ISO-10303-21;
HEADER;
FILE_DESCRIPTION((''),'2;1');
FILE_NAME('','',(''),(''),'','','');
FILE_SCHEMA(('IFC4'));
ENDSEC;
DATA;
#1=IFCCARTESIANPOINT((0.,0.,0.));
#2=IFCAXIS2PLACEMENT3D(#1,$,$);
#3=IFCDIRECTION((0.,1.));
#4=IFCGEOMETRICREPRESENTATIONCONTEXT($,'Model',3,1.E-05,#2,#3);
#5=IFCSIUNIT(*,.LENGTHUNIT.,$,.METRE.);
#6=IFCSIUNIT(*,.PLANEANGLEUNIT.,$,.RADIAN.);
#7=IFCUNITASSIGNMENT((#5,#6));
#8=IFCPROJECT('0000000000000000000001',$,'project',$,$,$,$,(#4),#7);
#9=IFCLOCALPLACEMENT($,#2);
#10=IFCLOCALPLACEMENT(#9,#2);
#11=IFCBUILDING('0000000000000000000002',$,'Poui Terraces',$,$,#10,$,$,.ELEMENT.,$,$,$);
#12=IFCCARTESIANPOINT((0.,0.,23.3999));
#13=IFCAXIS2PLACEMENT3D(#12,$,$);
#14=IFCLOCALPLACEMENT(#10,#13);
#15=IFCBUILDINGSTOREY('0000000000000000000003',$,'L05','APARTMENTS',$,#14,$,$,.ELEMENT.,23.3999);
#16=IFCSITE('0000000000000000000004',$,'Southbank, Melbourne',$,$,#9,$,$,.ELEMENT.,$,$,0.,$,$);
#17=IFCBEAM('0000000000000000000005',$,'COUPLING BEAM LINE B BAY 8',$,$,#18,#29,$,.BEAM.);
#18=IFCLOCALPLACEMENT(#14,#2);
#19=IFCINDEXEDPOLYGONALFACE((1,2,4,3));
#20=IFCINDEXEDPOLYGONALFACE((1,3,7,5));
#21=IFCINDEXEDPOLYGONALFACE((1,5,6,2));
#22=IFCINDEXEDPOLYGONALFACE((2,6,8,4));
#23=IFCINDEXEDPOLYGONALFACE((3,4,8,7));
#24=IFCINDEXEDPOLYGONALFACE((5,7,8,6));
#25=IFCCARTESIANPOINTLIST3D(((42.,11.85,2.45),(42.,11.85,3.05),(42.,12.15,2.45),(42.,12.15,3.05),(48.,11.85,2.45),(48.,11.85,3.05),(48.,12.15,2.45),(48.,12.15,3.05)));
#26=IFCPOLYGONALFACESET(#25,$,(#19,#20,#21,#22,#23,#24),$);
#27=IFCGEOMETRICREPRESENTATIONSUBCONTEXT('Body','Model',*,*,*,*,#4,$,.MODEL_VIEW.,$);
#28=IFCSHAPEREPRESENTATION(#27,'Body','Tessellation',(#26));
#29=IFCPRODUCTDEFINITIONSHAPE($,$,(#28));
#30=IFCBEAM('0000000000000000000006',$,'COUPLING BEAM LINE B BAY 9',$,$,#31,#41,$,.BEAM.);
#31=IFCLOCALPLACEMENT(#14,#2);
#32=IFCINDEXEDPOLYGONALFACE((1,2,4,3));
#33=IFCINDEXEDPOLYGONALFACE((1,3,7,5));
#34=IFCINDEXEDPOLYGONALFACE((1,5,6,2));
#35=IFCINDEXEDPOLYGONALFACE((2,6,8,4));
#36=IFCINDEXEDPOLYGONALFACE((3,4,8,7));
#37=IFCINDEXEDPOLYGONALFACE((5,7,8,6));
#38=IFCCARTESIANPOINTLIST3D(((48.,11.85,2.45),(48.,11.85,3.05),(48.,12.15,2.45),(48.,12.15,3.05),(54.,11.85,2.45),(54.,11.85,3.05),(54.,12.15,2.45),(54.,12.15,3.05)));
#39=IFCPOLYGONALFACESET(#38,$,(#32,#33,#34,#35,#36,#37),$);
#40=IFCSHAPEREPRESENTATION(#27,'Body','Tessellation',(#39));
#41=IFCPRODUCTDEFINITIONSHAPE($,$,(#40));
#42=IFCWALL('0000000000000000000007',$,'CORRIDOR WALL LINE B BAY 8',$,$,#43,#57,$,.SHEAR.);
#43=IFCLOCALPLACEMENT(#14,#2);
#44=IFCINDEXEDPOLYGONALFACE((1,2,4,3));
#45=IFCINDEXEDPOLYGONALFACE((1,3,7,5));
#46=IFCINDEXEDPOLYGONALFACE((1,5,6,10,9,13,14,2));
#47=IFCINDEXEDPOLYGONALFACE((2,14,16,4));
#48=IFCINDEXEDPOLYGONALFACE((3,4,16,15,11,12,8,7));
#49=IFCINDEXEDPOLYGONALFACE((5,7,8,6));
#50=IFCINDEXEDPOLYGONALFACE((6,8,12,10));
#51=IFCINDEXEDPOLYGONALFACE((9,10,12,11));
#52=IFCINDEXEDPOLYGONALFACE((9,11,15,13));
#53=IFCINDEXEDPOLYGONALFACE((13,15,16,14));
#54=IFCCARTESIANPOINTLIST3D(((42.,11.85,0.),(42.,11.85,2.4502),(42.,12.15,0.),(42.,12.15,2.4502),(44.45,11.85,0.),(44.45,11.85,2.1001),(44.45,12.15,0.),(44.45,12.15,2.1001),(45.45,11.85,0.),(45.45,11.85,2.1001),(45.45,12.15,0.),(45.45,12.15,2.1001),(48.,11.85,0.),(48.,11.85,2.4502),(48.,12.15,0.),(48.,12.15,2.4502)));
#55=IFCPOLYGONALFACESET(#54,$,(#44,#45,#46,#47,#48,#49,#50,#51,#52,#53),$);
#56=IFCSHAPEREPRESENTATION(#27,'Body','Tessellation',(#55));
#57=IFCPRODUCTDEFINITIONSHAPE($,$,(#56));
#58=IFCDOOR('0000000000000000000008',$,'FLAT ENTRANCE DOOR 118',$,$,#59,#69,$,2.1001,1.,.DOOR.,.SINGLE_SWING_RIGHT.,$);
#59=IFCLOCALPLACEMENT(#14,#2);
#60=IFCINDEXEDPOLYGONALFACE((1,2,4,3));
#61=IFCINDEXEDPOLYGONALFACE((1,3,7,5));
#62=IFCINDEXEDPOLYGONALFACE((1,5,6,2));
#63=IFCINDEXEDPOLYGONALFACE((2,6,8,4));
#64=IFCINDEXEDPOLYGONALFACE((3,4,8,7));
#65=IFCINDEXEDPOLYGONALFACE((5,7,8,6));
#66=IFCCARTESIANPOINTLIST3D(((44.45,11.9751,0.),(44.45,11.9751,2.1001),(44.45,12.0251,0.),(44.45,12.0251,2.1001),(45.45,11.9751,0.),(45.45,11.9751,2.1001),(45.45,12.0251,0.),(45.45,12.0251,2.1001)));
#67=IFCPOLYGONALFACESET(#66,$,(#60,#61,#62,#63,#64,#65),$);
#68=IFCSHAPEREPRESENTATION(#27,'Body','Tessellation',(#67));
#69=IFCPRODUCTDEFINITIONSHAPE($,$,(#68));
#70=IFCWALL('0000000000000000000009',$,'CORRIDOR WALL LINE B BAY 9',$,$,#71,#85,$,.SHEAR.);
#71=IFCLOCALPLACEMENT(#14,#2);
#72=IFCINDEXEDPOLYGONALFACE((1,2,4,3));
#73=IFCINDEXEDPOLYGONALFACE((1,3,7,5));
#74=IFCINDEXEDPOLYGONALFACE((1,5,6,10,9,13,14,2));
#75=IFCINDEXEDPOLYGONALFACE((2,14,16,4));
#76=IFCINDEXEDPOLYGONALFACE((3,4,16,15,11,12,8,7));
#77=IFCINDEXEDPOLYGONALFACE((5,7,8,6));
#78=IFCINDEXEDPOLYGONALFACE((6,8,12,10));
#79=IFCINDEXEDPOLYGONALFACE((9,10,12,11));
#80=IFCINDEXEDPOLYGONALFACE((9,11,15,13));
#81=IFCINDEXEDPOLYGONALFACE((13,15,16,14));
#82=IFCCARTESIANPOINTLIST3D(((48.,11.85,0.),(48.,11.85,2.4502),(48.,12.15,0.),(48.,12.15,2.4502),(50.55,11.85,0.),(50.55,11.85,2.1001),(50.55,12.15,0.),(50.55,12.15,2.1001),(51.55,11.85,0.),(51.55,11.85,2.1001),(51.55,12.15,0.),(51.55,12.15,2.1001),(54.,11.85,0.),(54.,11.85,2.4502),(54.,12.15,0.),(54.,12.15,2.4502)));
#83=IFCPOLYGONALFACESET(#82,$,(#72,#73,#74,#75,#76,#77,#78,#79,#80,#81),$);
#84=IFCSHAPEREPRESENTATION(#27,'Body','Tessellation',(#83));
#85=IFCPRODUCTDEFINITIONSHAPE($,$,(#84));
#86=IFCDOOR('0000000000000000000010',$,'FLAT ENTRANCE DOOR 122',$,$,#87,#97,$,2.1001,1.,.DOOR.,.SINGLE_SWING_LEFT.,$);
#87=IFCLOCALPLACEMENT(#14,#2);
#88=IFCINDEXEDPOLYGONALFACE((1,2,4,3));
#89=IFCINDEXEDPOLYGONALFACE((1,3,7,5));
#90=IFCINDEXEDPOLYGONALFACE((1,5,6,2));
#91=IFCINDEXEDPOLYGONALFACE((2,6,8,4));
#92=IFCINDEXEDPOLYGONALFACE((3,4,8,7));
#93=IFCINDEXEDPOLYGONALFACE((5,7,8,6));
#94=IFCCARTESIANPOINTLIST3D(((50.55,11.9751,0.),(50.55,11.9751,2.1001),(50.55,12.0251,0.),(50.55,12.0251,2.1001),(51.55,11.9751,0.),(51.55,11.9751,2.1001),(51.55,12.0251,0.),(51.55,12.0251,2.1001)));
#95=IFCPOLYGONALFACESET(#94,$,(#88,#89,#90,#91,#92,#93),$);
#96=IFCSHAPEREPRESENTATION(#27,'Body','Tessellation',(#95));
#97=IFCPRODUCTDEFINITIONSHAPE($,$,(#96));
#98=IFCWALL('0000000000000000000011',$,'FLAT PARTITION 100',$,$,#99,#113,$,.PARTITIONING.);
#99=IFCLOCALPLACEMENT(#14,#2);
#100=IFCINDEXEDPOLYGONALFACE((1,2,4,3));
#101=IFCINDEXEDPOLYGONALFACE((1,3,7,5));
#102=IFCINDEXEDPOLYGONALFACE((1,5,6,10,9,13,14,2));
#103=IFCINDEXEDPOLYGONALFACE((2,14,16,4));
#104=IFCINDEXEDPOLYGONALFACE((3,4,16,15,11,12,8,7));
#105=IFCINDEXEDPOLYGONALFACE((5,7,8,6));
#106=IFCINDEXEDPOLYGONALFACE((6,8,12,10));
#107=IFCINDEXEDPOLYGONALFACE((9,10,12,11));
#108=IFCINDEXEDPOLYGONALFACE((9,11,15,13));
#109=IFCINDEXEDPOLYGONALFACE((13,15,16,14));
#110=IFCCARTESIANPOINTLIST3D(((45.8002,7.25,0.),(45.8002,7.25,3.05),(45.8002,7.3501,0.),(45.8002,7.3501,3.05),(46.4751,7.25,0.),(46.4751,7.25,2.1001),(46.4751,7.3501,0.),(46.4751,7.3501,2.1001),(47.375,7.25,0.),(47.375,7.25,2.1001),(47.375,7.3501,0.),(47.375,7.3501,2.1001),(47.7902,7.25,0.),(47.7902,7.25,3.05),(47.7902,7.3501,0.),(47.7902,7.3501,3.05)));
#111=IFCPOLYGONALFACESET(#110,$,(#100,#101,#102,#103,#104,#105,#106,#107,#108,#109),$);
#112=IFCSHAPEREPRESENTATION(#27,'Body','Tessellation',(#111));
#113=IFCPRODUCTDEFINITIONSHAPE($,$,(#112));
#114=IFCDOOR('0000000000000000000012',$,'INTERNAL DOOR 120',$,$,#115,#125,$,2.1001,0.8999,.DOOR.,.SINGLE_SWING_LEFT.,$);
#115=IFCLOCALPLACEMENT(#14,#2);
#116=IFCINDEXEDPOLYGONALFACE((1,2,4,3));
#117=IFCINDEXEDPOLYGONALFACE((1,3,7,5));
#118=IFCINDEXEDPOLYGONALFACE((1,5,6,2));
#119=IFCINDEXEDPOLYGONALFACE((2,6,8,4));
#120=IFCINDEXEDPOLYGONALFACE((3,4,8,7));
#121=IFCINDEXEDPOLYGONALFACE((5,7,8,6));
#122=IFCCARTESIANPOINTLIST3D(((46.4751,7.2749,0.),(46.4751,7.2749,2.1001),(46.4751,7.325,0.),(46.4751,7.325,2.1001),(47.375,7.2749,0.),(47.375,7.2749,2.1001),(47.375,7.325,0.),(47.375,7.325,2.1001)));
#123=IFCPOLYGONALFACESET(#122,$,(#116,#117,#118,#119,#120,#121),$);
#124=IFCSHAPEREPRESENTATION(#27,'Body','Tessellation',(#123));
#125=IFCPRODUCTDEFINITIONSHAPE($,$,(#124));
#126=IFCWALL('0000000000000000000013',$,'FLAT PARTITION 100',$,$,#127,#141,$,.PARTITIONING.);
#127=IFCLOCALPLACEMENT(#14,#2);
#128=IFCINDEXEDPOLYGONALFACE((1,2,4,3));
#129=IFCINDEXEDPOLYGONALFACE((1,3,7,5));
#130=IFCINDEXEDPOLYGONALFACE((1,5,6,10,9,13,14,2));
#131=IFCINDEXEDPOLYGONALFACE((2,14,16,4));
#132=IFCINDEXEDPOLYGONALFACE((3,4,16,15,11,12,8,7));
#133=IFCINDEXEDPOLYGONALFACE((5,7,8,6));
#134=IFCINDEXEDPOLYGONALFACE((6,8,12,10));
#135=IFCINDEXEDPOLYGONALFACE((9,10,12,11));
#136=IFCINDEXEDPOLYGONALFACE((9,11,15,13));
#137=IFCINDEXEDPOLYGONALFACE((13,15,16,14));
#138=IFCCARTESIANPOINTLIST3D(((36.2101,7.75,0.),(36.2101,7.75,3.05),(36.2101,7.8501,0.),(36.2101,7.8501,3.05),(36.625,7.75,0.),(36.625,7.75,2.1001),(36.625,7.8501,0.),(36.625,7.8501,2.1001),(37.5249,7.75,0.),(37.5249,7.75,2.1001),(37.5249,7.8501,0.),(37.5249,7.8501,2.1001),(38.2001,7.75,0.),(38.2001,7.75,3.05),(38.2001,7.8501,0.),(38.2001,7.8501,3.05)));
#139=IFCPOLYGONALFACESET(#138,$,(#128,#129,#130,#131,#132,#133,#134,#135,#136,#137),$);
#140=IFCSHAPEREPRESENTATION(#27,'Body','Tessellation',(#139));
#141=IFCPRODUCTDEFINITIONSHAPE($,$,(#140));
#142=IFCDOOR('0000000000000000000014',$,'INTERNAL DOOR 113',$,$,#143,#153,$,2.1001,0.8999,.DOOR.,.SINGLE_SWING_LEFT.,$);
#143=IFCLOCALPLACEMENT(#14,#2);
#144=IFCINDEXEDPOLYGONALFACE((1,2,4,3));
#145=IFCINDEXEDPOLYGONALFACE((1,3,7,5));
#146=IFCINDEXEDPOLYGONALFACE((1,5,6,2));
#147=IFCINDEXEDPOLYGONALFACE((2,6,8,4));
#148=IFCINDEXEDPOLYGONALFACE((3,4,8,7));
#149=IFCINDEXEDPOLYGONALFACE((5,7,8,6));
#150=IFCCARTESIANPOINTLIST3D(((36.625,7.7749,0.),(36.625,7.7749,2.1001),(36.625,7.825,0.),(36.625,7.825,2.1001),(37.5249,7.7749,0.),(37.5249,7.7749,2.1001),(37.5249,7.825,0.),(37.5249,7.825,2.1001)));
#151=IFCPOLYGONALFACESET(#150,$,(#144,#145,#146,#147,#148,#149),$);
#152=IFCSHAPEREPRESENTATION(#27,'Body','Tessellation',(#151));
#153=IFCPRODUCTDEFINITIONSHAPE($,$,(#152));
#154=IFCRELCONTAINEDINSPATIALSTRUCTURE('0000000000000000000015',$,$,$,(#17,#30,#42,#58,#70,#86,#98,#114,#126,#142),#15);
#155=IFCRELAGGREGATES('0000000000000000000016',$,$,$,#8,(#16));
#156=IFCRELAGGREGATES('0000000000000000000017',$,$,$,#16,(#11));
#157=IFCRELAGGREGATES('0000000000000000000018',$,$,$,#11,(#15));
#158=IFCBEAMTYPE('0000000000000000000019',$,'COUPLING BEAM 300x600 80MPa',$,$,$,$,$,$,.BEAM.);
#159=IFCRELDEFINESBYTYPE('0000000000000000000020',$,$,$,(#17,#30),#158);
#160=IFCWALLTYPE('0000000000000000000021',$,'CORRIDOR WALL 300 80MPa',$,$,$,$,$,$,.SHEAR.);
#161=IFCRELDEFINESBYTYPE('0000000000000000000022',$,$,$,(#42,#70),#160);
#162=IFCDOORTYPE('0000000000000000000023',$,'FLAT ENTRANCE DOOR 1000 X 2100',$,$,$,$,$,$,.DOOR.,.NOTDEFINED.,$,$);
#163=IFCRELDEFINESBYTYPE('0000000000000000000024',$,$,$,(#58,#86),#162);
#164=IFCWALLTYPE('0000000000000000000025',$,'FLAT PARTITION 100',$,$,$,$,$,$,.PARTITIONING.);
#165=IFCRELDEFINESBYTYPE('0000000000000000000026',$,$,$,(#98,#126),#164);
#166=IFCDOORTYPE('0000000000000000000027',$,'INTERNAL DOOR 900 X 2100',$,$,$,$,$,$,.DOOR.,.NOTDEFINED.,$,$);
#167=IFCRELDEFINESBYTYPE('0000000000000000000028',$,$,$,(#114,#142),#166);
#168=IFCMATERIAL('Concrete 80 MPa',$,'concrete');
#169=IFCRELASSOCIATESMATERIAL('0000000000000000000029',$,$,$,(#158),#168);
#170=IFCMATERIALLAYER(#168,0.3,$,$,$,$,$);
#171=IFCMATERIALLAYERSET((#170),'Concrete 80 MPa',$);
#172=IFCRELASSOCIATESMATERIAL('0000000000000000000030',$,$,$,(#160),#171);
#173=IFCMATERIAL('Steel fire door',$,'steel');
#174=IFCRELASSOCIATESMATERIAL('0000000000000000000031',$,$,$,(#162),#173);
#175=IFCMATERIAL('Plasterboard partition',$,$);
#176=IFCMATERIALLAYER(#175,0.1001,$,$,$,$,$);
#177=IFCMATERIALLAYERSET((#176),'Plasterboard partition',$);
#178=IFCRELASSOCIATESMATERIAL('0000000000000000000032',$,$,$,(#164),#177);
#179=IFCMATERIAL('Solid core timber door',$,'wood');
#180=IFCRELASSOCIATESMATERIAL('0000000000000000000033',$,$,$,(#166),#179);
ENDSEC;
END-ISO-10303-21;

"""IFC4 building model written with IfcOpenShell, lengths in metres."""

from ifc_helpers import new_model, si_unit, direction, frame, frame_2d, origin, origin_2d, place, context, subcontext, project, spatial, rectangle, extrude, source, transform, mapped, material, layer, layer_set, material_profile, profile_set, type_object, element, fill, save


model = new_model("IFC4")

# Units and contexts
model_context = context("Model", 3, precision=1e-05, world=origin(), true_north=direction((0.0, 1.0)))
body_context = subcontext(model_context, "Body", "Model", "MODEL_VIEW")
ifc_project = project(units=[si_unit("LENGTHUNIT", "METRE"), si_unit("PLANEANGLEUNIT", "RADIAN")], contexts=[model_context])

# Site, building, storey
site_placement = place(None, origin())
site = spatial("IfcSite", under=ifc_project, at=site_placement, Name="Southbank, Melbourne", CompositionType="ELEMENT", RefElevation=0.0)
building_placement = place(site_placement, origin())
building = spatial("IfcBuilding", under=site, at=building_placement, Name="Poui Terraces", CompositionType="ELEMENT")
storey_placement = place(building_placement, frame((0.0, 0.0, 23.3999)))
storey = spatial("IfcBuildingStorey", under=building, at=storey_placement, Name="L05", Description="APARTMENTS", CompositionType="ELEMENT", Elevation=23.3999)

# Beams
ifc_material_1 = material(Name="Concrete 80 MPa", Category="concrete")
ifc_material_profile = material_profile(ifc_material_1, rectangle(XDim=0.3, YDim=0.6001, at=origin_2d()), Name="RC 300x600")
ifc_profile_set = profile_set([ifc_material_profile], Name="Concrete 80 MPa")
beam_type = type_object("IfcBeamType", Name="COUPLING BEAM 300x600 80MPa", PredefinedType="BEAM", material=ifc_profile_set)
shared_shape = source(origin(), body_context, "Body", "SweptSolid", [
    extrude(rectangle(XDim=0.3, YDim=0.6001, at=origin_2d()), origin(), (0.0, 0.0, 1.0), 6.0),
])
for number, where, z_axis, x_axis, name in (
    (1, (42.0, 12.0, 2.75), (1.0, 0.0, 0.0), (0.0, 1.0, 0.0), "COUPLING BEAM LINE B BAY 8"),
    (2, (48.0, 12.0, 2.75), (1.0, 0.0, 0.0), (0.0, 1.0, 0.0), "COUPLING BEAM LINE B BAY 9"),
):
    element("IfcBeam", number, at=place(storey_placement, frame(where, z_axis=z_axis, x_axis=x_axis)), inside=storey, type_object=beam_type, Name=name, PredefinedType="BEAM", context=body_context, shape_type="MappedRepresentation", body=[
        mapped(shared_shape, transform((0.0, 0.0, 0.0))),
    ])

# Walls, openings, doors
ifc_layer_1 = layer(ifc_material_1, 0.3)
ifc_layer_set_1 = layer_set([ifc_layer_1], Name="Concrete 80 MPa")
wall_type_1 = type_object("IfcWallType", Name="CORRIDOR WALL 300 80MPa", PredefinedType="SHEAR", material=ifc_layer_set_1)
wall_1_placement = place(storey_placement, frame((42.0, 12.0, 0.0), z_axis=(0.0, 0.0, 1.0), x_axis=(1.0, 0.0, 0.0)))
wall_1 = element("IfcWall", 3, at=wall_1_placement, inside=storey, type_object=wall_type_1, Name="CORRIDOR WALL LINE B BAY 8", PredefinedType="SHEAR", context=body_context, shape_type="SweptSolid", body=[
    extrude(rectangle(XDim=6.0, YDim=0.3, at=frame_2d((3.0, 0.0))), origin(), (0.0, 0.0, 1.0), 2.4502),
])
opening_1_placement = place(wall_1_placement, frame((2.45, 0.0, 0.0)))
opening_1 = element("IfcOpeningElement", 4, at=opening_1_placement, cuts=wall_1, PredefinedType="OPENING", context=body_context, shape_type="SweptSolid", body=[
    extrude(rectangle(XDim=1.0, YDim=2.1001, at=frame_2d((0.5, 1.05))), frame((0.0, 0.1602, 0.0), z_axis=(0.0, -1.0, 0.0), x_axis=(1.0, 0.0, 0.0)), (0.0, 0.0, 1.0), 0.3201),
])
ifc_material_2 = material(Name="Steel fire door", Category="steel")
door_type_1 = type_object("IfcDoorType", Name="FLAT ENTRANCE DOOR 1000 X 2100", OperationType="NOTDEFINED", PredefinedType="DOOR", material=ifc_material_2)
door_1_placement = place(opening_1_placement, frame((1.0, 0.0, 0.0), z_axis=(0.0, 0.0, 1.0), x_axis=(-1.0, 0.0, 0.0)))
door_1 = element("IfcDoor", 5, at=door_1_placement, inside=storey, type_object=door_type_1, Name="FLAT ENTRANCE DOOR 118", OperationType="SINGLE_SWING_RIGHT", OverallHeight=2.1001, OverallWidth=1.0, PredefinedType="DOOR", context=body_context, shape_type="SweptSolid", body=[
    extrude(rectangle(XDim=1.0, YDim=2.1001, at=frame_2d((0.5, 1.05))), frame((0.0, 0.0249, 0.0), z_axis=(0.0, -1.0, 0.0), x_axis=(1.0, 0.0, 0.0)), (0.0, 0.0, 1.0), 0.05),
])
fill(opening_1, door_1)
wall_2_placement = place(storey_placement, frame((48.0, 12.0, 0.0), z_axis=(0.0, 0.0, 1.0), x_axis=(1.0, 0.0, 0.0)))
wall_2 = element("IfcWall", 6, at=wall_2_placement, inside=storey, type_object=wall_type_1, Name="CORRIDOR WALL LINE B BAY 9", PredefinedType="SHEAR", context=body_context, shape_type="SweptSolid", body=[
    extrude(rectangle(XDim=6.0, YDim=0.3, at=frame_2d((3.0, 0.0))), origin(), (0.0, 0.0, 1.0), 2.4502),
])
opening_2_placement = place(wall_2_placement, frame((2.55, 0.0, 0.0)))
opening_2 = element("IfcOpeningElement", 7, at=opening_2_placement, cuts=wall_2, PredefinedType="OPENING", context=body_context, shape_type="SweptSolid", body=[
    extrude(rectangle(XDim=1.0, YDim=2.1001, at=frame_2d((0.5, 1.05))), frame((0.0, 0.1602, 0.0), z_axis=(0.0, -1.0, 0.0), x_axis=(1.0, 0.0, 0.0)), (0.0, 0.0, 1.0), 0.3201),
])
door_2_placement = place(opening_2_placement, frame((1.0, 0.0, 0.0), z_axis=(0.0, 0.0, 1.0), x_axis=(-1.0, 0.0, 0.0)))
door_2 = element("IfcDoor", 8, at=door_2_placement, inside=storey, type_object=door_type_1, Name="FLAT ENTRANCE DOOR 122", OperationType="SINGLE_SWING_LEFT", OverallHeight=2.1001, OverallWidth=1.0, PredefinedType="DOOR", context=body_context, shape_type="SweptSolid", body=[
    extrude(rectangle(XDim=1.0, YDim=2.1001, at=frame_2d((0.5, 1.05))), frame((0.0, 0.0249, 0.0), z_axis=(0.0, -1.0, 0.0), x_axis=(1.0, 0.0, 0.0)), (0.0, 0.0, 1.0), 0.05),
])
fill(opening_2, door_2)
ifc_material_3 = material(Name="Plasterboard partition")
ifc_layer_2 = layer(ifc_material_3, 0.1001)
ifc_layer_set_2 = layer_set([ifc_layer_2], Name="Plasterboard partition")
wall_type_2 = type_object("IfcWallType", Name="FLAT PARTITION 100", PredefinedType="PARTITIONING", material=ifc_layer_set_2)
wall_3_placement = place(storey_placement, frame((45.8, 7.3, 0.0), z_axis=(0.0, 0.0, 1.0), x_axis=(1.0, 0.0, 0.0)))
wall_3 = element("IfcWall", 9, at=wall_3_placement, inside=storey, type_object=wall_type_2, Name="FLAT PARTITION 100", PredefinedType="PARTITIONING", context=body_context, shape_type="SweptSolid", body=[
    extrude(rectangle(XDim=1.99, YDim=0.1001, at=frame_2d((0.9951, 0.0))), origin(), (0.0, 0.0, 1.0), 3.05),
])
opening_3_placement = place(wall_3_placement, frame((0.675, 0.0, 0.0)))
opening_3 = element("IfcOpeningElement", 10, at=opening_3_placement, cuts=wall_3, PredefinedType="OPENING", context=body_context, shape_type="SweptSolid", body=[
    extrude(rectangle(XDim=0.8999, YDim=2.1001, at=frame_2d((0.45, 1.05))), frame((0.0, 0.0601, 0.0), z_axis=(0.0, -1.0, 0.0), x_axis=(1.0, 0.0, 0.0)), (0.0, 0.0, 1.0), 0.1201),
])
ifc_material_4 = material(Name="Solid core timber door", Category="wood")
door_type_2 = type_object("IfcDoorType", Name="INTERNAL DOOR 900 X 2100", OperationType="NOTDEFINED", PredefinedType="DOOR", material=ifc_material_4)
door_3_placement = place(opening_3_placement, origin())
door_3 = element("IfcDoor", 11, at=door_3_placement, inside=storey, type_object=door_type_2, Name="INTERNAL DOOR 120", OperationType="SINGLE_SWING_LEFT", OverallHeight=2.1001, OverallWidth=0.8999, PredefinedType="DOOR", context=body_context, shape_type="SweptSolid", body=[
    extrude(rectangle(XDim=0.8999, YDim=2.1001, at=frame_2d((0.45, 1.05))), frame((0.0, 0.0249, 0.0), z_axis=(0.0, -1.0, 0.0), x_axis=(1.0, 0.0, 0.0)), (0.0, 0.0, 1.0), 0.05),
])
fill(opening_3, door_3)
wall_4_placement = place(storey_placement, frame((36.21, 7.8, 0.0), z_axis=(0.0, 0.0, 1.0), x_axis=(1.0, 0.0, 0.0)))
wall_4 = element("IfcWall", 12, at=wall_4_placement, inside=storey, type_object=wall_type_2, Name="FLAT PARTITION 100", PredefinedType="PARTITIONING", context=body_context, shape_type="SweptSolid", body=[
    extrude(rectangle(XDim=1.99, YDim=0.1001, at=frame_2d((0.9951, 0.0))), origin(), (0.0, 0.0, 1.0), 3.05),
])
opening_4_placement = place(wall_4_placement, frame((0.415, 0.0, 0.0)))
opening_4 = element("IfcOpeningElement", 13, at=opening_4_placement, cuts=wall_4, PredefinedType="OPENING", context=body_context, shape_type="SweptSolid", body=[
    extrude(rectangle(XDim=0.8999, YDim=2.1001, at=frame_2d((0.45, 1.05))), frame((0.0, 0.0601, 0.0), z_axis=(0.0, -1.0, 0.0), x_axis=(1.0, 0.0, 0.0)), (0.0, 0.0, 1.0), 0.1201),
])
door_4_placement = place(opening_4_placement, origin())
door_4 = element("IfcDoor", 14, at=door_4_placement, inside=storey, type_object=door_type_2, Name="INTERNAL DOOR 113", OperationType="SINGLE_SWING_LEFT", OverallHeight=2.1001, OverallWidth=0.8999, PredefinedType="DOOR", context=body_context, shape_type="SweptSolid", body=[
    extrude(rectangle(XDim=0.8999, YDim=2.1001, at=frame_2d((0.45, 1.05))), frame((0.0, 0.0249, 0.0), z_axis=(0.0, -1.0, 0.0), x_axis=(1.0, 0.0, 0.0)), (0.0, 0.0, 1.0), 0.05),
])
fill(opening_4, door_4)

save(model, "model.ifc")
